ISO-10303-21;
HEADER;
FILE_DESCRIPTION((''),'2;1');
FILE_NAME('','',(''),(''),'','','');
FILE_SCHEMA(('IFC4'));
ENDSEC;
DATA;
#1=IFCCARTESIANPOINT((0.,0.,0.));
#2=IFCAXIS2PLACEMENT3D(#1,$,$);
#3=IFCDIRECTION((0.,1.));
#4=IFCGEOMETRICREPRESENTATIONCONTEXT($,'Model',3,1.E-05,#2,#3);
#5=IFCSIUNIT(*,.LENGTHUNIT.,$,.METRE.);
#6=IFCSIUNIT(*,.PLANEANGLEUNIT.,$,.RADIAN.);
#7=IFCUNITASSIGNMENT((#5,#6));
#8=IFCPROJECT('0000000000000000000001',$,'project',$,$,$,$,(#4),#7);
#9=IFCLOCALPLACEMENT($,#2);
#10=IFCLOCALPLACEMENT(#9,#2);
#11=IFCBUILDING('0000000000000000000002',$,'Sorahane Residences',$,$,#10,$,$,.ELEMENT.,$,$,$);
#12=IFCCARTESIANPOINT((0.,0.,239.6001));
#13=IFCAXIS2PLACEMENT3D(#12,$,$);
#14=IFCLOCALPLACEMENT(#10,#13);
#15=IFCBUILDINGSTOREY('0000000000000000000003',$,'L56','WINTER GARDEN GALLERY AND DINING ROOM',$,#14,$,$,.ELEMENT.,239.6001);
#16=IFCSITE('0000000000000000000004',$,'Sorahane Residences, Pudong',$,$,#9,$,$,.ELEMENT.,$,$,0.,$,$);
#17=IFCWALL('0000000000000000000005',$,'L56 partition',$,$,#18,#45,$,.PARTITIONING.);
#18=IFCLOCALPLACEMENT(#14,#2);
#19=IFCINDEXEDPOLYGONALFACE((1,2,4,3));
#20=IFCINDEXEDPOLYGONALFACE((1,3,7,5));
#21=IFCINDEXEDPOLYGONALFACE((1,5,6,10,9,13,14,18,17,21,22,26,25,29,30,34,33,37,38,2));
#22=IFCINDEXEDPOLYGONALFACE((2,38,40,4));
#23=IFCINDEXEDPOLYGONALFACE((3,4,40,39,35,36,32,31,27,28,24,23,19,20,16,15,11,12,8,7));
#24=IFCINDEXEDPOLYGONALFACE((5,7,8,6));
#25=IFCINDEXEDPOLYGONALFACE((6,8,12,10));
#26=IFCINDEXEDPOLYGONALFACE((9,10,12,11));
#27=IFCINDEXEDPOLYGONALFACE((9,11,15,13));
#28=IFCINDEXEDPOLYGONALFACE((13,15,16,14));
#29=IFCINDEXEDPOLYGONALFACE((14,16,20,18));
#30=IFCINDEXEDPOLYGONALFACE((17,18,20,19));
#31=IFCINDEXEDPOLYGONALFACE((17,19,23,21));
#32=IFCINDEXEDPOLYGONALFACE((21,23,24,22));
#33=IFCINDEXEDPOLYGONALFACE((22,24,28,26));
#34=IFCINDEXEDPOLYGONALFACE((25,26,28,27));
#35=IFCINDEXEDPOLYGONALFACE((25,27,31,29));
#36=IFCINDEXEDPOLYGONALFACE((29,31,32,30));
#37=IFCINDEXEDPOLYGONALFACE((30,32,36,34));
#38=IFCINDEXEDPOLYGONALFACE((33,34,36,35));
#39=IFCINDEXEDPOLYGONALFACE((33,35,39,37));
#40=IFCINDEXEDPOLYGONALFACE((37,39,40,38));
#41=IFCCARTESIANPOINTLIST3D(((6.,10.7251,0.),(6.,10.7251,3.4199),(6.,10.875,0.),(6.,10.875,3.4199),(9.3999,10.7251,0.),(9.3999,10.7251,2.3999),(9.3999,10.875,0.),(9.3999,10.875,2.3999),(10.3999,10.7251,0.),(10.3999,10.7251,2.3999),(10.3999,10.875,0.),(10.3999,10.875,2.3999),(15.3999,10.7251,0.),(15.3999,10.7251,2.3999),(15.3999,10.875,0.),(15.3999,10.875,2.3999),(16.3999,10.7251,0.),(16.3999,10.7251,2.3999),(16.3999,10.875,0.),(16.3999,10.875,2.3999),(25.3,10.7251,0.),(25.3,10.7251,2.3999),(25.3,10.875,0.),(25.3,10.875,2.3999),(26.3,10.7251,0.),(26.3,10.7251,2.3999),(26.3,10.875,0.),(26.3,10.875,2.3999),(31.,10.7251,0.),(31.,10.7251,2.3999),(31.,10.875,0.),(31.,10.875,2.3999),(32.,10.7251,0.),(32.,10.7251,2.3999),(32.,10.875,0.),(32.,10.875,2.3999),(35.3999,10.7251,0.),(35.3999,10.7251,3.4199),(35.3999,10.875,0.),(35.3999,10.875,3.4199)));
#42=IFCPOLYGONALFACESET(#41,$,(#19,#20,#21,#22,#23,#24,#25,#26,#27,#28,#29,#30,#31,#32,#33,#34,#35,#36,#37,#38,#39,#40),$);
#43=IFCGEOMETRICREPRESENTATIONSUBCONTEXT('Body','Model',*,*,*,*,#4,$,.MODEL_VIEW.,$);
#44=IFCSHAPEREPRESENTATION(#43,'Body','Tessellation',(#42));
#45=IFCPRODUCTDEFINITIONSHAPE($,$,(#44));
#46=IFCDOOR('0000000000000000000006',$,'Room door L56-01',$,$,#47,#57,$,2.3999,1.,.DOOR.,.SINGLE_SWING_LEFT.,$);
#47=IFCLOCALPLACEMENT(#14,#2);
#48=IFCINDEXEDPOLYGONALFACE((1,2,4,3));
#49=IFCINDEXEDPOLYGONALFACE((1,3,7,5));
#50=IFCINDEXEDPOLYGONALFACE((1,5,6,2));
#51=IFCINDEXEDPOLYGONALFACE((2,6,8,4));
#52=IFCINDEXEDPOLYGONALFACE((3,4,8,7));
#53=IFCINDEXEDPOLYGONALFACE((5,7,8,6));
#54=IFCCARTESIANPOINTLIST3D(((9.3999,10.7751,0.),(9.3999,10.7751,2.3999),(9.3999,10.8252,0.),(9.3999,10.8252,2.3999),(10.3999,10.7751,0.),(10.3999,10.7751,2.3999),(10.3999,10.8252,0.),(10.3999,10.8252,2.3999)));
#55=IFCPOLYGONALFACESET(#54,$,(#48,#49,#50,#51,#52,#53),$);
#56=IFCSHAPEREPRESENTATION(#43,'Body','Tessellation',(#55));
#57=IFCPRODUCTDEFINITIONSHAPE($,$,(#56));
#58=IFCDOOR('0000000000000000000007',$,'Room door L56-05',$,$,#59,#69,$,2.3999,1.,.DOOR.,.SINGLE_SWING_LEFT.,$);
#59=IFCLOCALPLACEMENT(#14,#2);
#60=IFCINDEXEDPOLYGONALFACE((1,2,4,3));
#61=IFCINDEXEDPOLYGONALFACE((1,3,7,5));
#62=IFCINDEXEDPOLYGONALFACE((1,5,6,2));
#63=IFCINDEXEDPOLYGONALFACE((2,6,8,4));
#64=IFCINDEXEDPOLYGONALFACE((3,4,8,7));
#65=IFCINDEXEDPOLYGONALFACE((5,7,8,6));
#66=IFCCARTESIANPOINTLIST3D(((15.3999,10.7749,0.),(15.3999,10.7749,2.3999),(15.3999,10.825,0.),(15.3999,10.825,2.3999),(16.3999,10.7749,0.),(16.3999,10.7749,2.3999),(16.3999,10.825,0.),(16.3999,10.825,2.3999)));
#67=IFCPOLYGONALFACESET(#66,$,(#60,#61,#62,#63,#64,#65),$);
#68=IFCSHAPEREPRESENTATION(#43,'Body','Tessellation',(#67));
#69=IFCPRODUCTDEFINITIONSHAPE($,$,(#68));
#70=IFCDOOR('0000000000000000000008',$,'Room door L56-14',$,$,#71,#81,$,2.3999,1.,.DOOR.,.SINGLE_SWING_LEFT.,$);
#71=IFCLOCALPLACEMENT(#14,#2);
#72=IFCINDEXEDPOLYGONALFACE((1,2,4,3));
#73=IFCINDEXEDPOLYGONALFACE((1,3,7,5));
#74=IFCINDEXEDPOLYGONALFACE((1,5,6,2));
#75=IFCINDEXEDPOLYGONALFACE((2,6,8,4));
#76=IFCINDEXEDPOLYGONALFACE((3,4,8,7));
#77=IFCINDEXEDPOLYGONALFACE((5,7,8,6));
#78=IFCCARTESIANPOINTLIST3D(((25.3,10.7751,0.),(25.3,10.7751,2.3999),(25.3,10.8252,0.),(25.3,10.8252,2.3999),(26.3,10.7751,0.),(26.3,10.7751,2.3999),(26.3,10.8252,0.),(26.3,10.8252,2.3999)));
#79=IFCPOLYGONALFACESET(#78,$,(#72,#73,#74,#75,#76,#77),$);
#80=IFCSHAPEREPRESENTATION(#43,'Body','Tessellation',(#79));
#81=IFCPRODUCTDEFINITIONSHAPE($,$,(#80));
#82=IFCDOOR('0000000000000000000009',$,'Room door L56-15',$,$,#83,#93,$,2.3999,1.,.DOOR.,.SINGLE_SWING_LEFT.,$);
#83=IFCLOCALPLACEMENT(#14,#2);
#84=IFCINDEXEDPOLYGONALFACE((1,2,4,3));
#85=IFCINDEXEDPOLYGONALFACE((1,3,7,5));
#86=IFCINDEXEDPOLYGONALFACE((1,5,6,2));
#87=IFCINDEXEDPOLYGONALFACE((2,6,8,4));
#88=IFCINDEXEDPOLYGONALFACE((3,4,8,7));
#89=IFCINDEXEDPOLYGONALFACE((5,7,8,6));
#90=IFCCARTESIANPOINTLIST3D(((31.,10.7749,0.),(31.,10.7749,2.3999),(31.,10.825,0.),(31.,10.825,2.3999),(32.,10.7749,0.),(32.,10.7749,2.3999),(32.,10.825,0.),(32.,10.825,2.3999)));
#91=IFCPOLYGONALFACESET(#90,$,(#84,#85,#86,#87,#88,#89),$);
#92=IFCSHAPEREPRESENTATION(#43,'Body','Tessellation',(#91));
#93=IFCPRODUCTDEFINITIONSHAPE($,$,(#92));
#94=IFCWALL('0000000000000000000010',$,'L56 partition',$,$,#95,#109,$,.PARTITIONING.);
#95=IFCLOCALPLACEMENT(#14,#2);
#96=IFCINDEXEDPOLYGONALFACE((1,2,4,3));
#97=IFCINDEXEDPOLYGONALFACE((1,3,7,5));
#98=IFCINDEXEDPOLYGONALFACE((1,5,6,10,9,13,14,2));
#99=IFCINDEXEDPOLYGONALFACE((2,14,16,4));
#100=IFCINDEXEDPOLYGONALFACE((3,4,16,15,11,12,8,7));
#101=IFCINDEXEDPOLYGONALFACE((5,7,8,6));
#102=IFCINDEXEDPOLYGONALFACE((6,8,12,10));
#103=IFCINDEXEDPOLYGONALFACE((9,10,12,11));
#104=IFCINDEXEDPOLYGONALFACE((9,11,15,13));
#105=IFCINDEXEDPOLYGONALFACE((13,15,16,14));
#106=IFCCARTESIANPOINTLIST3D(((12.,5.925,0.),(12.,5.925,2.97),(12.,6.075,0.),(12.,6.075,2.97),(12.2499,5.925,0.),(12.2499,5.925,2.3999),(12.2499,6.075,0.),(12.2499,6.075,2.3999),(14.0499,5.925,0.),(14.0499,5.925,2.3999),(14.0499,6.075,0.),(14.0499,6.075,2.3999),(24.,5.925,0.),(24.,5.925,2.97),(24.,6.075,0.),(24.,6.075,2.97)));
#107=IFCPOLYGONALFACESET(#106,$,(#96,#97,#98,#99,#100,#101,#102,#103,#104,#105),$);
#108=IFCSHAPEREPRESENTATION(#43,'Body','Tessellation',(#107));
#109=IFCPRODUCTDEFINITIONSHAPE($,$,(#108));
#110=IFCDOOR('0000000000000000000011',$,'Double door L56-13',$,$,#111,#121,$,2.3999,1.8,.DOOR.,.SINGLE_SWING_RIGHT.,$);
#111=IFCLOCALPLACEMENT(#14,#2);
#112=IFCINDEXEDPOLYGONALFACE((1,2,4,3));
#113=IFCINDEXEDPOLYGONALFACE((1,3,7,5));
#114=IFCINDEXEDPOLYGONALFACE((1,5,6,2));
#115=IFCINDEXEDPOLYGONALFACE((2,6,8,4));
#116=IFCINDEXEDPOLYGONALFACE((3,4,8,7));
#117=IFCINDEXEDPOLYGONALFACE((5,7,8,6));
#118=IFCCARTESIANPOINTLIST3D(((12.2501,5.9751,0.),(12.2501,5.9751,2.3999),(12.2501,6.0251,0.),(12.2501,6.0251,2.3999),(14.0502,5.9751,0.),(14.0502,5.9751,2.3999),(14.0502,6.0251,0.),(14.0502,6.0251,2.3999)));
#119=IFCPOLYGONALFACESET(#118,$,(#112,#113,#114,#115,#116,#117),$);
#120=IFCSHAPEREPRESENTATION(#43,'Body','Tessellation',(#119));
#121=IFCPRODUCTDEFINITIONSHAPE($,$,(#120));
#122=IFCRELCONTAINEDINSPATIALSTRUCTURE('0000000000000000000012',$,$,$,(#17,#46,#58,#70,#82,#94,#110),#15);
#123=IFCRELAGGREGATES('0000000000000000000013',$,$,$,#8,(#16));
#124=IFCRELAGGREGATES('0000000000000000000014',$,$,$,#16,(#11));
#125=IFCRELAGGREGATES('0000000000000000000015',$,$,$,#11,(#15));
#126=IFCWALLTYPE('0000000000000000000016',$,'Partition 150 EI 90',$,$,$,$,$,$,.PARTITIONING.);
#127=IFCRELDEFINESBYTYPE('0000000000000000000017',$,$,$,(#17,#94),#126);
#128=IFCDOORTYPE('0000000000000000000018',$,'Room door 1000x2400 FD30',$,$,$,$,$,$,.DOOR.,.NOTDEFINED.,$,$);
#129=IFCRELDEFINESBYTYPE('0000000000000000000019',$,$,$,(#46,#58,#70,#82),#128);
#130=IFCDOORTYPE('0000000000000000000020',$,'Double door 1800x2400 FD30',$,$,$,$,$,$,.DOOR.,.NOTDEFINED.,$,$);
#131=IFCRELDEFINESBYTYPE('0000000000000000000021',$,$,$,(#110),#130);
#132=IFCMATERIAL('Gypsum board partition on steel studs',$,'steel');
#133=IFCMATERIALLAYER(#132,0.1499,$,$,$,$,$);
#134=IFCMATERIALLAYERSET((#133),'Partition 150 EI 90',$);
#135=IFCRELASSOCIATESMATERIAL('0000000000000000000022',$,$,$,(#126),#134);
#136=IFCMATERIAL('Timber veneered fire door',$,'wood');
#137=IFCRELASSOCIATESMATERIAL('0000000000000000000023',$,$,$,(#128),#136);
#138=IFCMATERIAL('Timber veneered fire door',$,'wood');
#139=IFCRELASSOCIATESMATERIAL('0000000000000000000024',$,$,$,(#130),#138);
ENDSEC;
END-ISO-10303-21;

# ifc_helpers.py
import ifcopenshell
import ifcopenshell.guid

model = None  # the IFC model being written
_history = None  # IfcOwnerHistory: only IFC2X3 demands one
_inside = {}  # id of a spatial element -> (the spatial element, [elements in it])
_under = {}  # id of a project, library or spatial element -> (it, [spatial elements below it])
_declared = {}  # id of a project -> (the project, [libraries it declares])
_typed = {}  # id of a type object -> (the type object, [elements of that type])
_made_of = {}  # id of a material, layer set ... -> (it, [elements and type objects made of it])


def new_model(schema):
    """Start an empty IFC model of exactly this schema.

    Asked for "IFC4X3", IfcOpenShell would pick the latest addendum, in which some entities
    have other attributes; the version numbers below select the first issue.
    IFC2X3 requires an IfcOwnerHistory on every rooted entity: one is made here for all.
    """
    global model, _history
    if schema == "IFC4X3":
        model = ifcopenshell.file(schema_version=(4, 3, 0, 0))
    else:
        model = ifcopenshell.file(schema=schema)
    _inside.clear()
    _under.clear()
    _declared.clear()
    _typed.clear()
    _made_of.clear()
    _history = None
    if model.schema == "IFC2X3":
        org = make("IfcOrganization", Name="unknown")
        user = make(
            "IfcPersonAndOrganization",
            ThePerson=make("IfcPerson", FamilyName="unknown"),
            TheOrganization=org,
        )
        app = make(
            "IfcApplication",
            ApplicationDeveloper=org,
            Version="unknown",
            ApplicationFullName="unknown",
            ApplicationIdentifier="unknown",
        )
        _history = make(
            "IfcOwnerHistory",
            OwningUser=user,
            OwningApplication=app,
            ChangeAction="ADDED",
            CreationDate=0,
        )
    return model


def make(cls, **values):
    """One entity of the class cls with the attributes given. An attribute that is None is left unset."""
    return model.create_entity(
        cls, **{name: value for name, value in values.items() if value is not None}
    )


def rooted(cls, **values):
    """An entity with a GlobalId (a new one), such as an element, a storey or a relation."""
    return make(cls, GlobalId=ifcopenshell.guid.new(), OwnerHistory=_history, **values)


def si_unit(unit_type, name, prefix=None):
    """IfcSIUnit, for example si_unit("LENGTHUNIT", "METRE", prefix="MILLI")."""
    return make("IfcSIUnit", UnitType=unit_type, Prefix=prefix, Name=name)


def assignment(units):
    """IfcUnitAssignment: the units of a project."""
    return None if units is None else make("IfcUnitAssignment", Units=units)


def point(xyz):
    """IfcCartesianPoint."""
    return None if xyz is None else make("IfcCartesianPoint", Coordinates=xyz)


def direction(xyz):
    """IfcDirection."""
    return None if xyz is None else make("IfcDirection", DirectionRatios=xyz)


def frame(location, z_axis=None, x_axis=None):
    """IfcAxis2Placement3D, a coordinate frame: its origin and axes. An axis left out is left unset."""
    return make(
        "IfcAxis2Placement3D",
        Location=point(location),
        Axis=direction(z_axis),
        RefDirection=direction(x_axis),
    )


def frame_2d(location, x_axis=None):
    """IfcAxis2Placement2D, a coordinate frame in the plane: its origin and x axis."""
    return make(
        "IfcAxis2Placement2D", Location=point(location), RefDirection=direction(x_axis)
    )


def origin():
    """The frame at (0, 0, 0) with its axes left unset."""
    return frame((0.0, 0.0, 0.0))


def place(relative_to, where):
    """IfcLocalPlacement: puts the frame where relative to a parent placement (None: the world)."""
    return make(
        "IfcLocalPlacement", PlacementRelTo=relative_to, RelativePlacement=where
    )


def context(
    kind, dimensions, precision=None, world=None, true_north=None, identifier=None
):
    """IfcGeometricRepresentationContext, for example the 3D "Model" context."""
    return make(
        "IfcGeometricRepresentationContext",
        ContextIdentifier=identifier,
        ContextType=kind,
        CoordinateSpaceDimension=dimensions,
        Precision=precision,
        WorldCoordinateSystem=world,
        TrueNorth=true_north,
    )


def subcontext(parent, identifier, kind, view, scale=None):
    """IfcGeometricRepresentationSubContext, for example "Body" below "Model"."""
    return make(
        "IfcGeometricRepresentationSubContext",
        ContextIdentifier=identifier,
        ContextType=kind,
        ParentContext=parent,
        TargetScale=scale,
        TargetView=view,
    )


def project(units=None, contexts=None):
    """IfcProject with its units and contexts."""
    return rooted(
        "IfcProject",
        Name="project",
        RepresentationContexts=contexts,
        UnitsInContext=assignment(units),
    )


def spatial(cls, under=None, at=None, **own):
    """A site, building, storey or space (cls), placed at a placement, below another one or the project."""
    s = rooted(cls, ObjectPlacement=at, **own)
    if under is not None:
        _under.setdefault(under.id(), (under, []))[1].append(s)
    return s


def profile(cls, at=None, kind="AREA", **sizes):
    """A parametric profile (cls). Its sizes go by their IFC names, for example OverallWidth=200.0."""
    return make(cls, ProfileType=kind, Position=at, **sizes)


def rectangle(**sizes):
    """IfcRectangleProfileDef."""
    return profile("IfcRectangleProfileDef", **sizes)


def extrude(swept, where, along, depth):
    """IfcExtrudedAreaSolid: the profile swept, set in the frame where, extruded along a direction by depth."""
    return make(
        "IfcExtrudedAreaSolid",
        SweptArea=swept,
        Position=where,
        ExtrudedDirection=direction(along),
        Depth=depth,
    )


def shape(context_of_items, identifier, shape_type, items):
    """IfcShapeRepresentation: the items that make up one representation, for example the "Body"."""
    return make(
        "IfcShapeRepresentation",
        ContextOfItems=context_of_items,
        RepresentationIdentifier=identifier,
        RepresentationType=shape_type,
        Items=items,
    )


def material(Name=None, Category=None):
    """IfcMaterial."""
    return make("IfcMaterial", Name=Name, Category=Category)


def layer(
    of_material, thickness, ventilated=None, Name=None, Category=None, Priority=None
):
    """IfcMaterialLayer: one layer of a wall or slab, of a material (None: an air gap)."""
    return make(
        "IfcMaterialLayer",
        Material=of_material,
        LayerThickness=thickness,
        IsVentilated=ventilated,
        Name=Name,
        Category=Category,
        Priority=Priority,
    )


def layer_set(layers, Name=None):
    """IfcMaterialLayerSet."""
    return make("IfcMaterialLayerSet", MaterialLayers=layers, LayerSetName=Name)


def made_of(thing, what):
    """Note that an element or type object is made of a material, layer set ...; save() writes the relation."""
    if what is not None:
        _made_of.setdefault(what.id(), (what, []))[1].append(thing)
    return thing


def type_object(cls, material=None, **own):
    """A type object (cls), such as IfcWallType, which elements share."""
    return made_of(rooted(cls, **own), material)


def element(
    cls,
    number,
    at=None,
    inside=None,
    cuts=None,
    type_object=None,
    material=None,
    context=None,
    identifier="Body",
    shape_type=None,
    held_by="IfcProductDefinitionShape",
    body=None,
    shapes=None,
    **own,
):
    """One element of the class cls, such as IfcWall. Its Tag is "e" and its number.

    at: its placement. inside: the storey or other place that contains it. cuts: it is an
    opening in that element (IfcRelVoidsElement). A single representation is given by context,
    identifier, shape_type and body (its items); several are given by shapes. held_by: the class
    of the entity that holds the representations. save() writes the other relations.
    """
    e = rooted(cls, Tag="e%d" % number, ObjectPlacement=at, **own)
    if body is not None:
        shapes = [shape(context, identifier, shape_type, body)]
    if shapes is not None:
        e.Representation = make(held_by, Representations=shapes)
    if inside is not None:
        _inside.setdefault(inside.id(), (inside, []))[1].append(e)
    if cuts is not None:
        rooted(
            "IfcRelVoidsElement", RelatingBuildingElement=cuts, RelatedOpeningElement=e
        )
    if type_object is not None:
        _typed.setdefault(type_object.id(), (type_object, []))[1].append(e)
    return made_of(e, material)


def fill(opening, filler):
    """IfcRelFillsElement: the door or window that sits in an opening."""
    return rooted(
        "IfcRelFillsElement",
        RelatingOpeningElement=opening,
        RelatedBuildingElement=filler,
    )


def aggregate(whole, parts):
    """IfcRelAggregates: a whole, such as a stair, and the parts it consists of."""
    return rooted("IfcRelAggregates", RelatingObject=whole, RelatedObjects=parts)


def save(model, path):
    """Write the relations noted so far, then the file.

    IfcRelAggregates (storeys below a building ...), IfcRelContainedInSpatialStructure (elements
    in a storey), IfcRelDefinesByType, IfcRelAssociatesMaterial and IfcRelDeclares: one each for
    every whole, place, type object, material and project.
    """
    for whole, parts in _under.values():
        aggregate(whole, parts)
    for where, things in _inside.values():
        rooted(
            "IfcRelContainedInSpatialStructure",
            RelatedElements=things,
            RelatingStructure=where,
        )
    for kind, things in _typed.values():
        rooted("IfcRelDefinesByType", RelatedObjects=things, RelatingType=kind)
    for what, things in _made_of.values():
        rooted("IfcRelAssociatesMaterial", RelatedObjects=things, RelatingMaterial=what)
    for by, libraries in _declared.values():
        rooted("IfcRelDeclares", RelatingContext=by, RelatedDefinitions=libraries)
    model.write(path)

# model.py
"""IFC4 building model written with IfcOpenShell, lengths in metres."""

from ifc_helpers import new_model, si_unit, direction, frame, frame_2d, origin, place, context, subcontext, project, spatial, rectangle, extrude, material, layer, layer_set, type_object, element, fill, save


model = new_model("IFC4")

# Units and contexts
model_context = context("Model", 3, precision=1e-05, world=origin(), true_north=direction((0.0, 1.0)))
body_context = subcontext(model_context, "Body", "Model", "MODEL_VIEW")
ifc_project = project(units=[si_unit("LENGTHUNIT", "METRE"), si_unit("PLANEANGLEUNIT", "RADIAN")], contexts=[model_context])

# Site, building, storey
site_placement = place(None, origin())
site = spatial("IfcSite", under=ifc_project, at=site_placement, Name="Sorahane Residences, Pudong", CompositionType="ELEMENT", RefElevation=0.0)
building_placement = place(site_placement, origin())
building = spatial("IfcBuilding", under=site, at=building_placement, Name="Sorahane Residences", CompositionType="ELEMENT")
storey_placement = place(building_placement, frame((0.0, 0.0, 239.6001)))
storey = spatial("IfcBuildingStorey", under=building, at=storey_placement, Name="L56", Description="WINTER GARDEN GALLERY AND DINING ROOM", CompositionType="ELEMENT", Elevation=239.6001)

# Shared definitions
ifc_material_1 = material(Name="Gypsum board partition on steel studs", Category="steel")
ifc_layer_1 = layer(ifc_material_1, 0.1499)
ifc_layer_set_1 = layer_set([ifc_layer_1], Name="Partition 150 EI 90")
wall_type = type_object("IfcWallType", Name="Partition 150 EI 90", PredefinedType="PARTITIONING", material=ifc_layer_set_1)

# Wall, openings, doors
wall_1_placement = place(storey_placement, frame((6.0, 10.8, 0.0), z_axis=(0.0, 0.0, 1.0), x_axis=(1.0, 0.0, 0.0)))
wall_1 = element("IfcWall", 1, at=wall_1_placement, inside=storey, type_object=wall_type, Name="L56 partition", PredefinedType="PARTITIONING", context=body_context, shape_type="SweptSolid", body=[
    extrude(rectangle(XDim=29.3999, YDim=0.1499, at=frame_2d((14.7, 0.0))), origin(), (0.0, 0.0, 1.0), 3.4199),
])
opening_1_placement = place(wall_1_placement, frame((3.3999, 0.0, 0.0)))
opening_1 = element("IfcOpeningElement", 2, at=opening_1_placement, cuts=wall_1, PredefinedType="OPENING", context=body_context, shape_type="SweptSolid", body=[
    extrude(rectangle(XDim=1.0, YDim=2.3999, at=frame_2d((0.5, 1.2))), frame((0.0, 0.085, 0.0), z_axis=(0.0, -1.0, 0.0), x_axis=(1.0, 0.0, 0.0)), (0.0, 0.0, 1.0), 0.1699),
])
opening_2_placement = place(wall_1_placement, frame((9.3999, 0.0, 0.0)))
opening_2 = element("IfcOpeningElement", 3, at=opening_2_placement, cuts=wall_1, PredefinedType="OPENING", context=body_context, shape_type="SweptSolid", body=[
    extrude(rectangle(XDim=1.0, YDim=2.3999, at=frame_2d((0.5, 1.2))), frame((0.0, 0.085, 0.0), z_axis=(0.0, -1.0, 0.0), x_axis=(1.0, 0.0, 0.0)), (0.0, 0.0, 1.0), 0.1699),
])
opening_3_placement = place(wall_1_placement, frame((19.3, 0.0, 0.0)))
opening_3 = element("IfcOpeningElement", 4, at=opening_3_placement, cuts=wall_1, PredefinedType="OPENING", context=body_context, shape_type="SweptSolid", body=[
    extrude(rectangle(XDim=1.0, YDim=2.3999, at=frame_2d((0.5, 1.2))), frame((0.0, 0.085, 0.0), z_axis=(0.0, -1.0, 0.0), x_axis=(1.0, 0.0, 0.0)), (0.0, 0.0, 1.0), 0.1699),
])
opening_4_placement = place(wall_1_placement, frame((25.0, 0.0, 0.0)))
opening_4 = element("IfcOpeningElement", 5, at=opening_4_placement, cuts=wall_1, PredefinedType="OPENING", context=body_context, shape_type="SweptSolid", body=[
    extrude(rectangle(XDim=1.0, YDim=2.3999, at=frame_2d((0.5, 1.2))), frame((0.0, 0.085, 0.0), z_axis=(0.0, -1.0, 0.0), x_axis=(1.0, 0.0, 0.0)), (0.0, 0.0, 1.0), 0.1699),
])
ifc_material_2 = material(Name="Timber veneered fire door", Category="wood")
door_type_1 = type_object("IfcDoorType", Name="Room door 1000x2400 FD30", OperationType="NOTDEFINED", PredefinedType="DOOR", material=ifc_material_2)
door_1_placement = place(opening_1_placement, frame((1.0, 0.0, 0.0), z_axis=(0.0, 0.0, 1.0), x_axis=(-1.0, 0.0, 0.0)))
door_1 = element("IfcDoor", 6, at=door_1_placement, inside=storey, type_object=door_type_1, Name="Room door L56-01", OperationType="SINGLE_SWING_LEFT", OverallHeight=2.3999, OverallWidth=1.0, PredefinedType="DOOR", context=body_context, shape_type="SweptSolid", body=[
    extrude(rectangle(XDim=1.0, YDim=2.3999, at=frame_2d((0.5, 1.2))), frame((0.0, 0.0249, 0.0), z_axis=(0.0, -1.0, 0.0), x_axis=(1.0, 0.0, 0.0)), (0.0, 0.0, 1.0), 0.05),
])
fill(opening_1, door_1)
door_2_placement = place(opening_2_placement, origin())
door_2 = element("IfcDoor", 7, at=door_2_placement, inside=storey, type_object=door_type_1, Name="Room door L56-05", OperationType="SINGLE_SWING_LEFT", OverallHeight=2.3999, OverallWidth=1.0, PredefinedType="DOOR", context=body_context, shape_type="SweptSolid", body=[
    extrude(rectangle(XDim=1.0, YDim=2.3999, at=frame_2d((0.5, 1.2))), frame((0.0, 0.0249, 0.0), z_axis=(0.0, -1.0, 0.0), x_axis=(1.0, 0.0, 0.0)), (0.0, 0.0, 1.0), 0.05),
])
fill(opening_2, door_2)
door_3_placement = place(opening_3_placement, frame((1.0, 0.0, 0.0), z_axis=(0.0, 0.0, 1.0), x_axis=(-1.0, 0.0, 0.0)))
door_3 = element("IfcDoor", 8, at=door_3_placement, inside=storey, type_object=door_type_1, Name="Room door L56-14", OperationType="SINGLE_SWING_LEFT", OverallHeight=2.3999, OverallWidth=1.0, PredefinedType="DOOR", context=body_context, shape_type="SweptSolid", body=[
    extrude(rectangle(XDim=1.0, YDim=2.3999, at=frame_2d((0.5, 1.2))), frame((0.0, 0.0249, 0.0), z_axis=(0.0, -1.0, 0.0), x_axis=(1.0, 0.0, 0.0)), (0.0, 0.0, 1.0), 0.05),
])
fill(opening_3, door_3)
door_4_placement = place(opening_4_placement, origin())
door_4 = element("IfcDoor", 9, at=door_4_placement, inside=storey, type_object=door_type_1, Name="Room door L56-15", OperationType="SINGLE_SWING_LEFT", OverallHeight=2.3999, OverallWidth=1.0, PredefinedType="DOOR", context=body_context, shape_type="SweptSolid", body=[
    extrude(rectangle(XDim=1.0, YDim=2.3999, at=frame_2d((0.5, 1.2))), frame((0.0, 0.0249, 0.0), z_axis=(0.0, -1.0, 0.0), x_axis=(1.0, 0.0, 0.0)), (0.0, 0.0, 1.0), 0.05),
])
fill(opening_4, door_4)

# Wall, opening, door
wall_2_placement = place(storey_placement, frame((12.0, 6.0, 0.0), z_axis=(0.0, 0.0, 1.0), x_axis=(1.0, 0.0, 0.0)))
wall_2 = element("IfcWall", 10, at=wall_2_placement, inside=storey, type_object=wall_type, Name="L56 partition", PredefinedType="PARTITIONING", context=body_context, shape_type="SweptSolid", body=[
    extrude(rectangle(XDim=12.0, YDim=0.1499, at=frame_2d((6.0, 0.0))), origin(), (0.0, 0.0, 1.0), 2.97),
])
opening_5_placement = place(wall_2_placement, frame((0.25, 0.0, 0.0)))
opening_5 = element("IfcOpeningElement", 11, at=opening_5_placement, cuts=wall_2, PredefinedType="OPENING", context=body_context, shape_type="SweptSolid", body=[
    extrude(rectangle(XDim=1.8, YDim=2.3999, at=frame_2d((0.8999, 1.2))), frame((0.0, 0.085, 0.0), z_axis=(0.0, -1.0, 0.0), x_axis=(1.0, 0.0, 0.0)), (0.0, 0.0, 1.0), 0.1699),
])
ifc_material_3 = material(Name="Timber veneered fire door", Category="wood")
door_type_2 = type_object("IfcDoorType", Name="Double door 1800x2400 FD30", OperationType="NOTDEFINED", PredefinedType="DOOR", material=ifc_material_3)
door_5_placement = place(opening_5_placement, frame((1.8, 0.0, 0.0), z_axis=(0.0, 0.0, 1.0), x_axis=(-1.0, 0.0, 0.0)))
door_5 = element("IfcDoor", 12, at=door_5_placement, inside=storey, type_object=door_type_2, Name="Double door L56-13", OperationType="SINGLE_SWING_RIGHT", OverallHeight=2.3999, OverallWidth=1.8, PredefinedType="DOOR", context=body_context, shape_type="SweptSolid", body=[
    extrude(rectangle(XDim=1.8, YDim=2.3999, at=frame_2d((0.8999, 1.2))), frame((0.0, 0.0249, 0.0), z_axis=(0.0, -1.0, 0.0), x_axis=(1.0, 0.0, 0.0)), (0.0, 0.0, 1.0), 0.05),
])
fill(opening_5, door_5)

save(model, "model.ifc")
